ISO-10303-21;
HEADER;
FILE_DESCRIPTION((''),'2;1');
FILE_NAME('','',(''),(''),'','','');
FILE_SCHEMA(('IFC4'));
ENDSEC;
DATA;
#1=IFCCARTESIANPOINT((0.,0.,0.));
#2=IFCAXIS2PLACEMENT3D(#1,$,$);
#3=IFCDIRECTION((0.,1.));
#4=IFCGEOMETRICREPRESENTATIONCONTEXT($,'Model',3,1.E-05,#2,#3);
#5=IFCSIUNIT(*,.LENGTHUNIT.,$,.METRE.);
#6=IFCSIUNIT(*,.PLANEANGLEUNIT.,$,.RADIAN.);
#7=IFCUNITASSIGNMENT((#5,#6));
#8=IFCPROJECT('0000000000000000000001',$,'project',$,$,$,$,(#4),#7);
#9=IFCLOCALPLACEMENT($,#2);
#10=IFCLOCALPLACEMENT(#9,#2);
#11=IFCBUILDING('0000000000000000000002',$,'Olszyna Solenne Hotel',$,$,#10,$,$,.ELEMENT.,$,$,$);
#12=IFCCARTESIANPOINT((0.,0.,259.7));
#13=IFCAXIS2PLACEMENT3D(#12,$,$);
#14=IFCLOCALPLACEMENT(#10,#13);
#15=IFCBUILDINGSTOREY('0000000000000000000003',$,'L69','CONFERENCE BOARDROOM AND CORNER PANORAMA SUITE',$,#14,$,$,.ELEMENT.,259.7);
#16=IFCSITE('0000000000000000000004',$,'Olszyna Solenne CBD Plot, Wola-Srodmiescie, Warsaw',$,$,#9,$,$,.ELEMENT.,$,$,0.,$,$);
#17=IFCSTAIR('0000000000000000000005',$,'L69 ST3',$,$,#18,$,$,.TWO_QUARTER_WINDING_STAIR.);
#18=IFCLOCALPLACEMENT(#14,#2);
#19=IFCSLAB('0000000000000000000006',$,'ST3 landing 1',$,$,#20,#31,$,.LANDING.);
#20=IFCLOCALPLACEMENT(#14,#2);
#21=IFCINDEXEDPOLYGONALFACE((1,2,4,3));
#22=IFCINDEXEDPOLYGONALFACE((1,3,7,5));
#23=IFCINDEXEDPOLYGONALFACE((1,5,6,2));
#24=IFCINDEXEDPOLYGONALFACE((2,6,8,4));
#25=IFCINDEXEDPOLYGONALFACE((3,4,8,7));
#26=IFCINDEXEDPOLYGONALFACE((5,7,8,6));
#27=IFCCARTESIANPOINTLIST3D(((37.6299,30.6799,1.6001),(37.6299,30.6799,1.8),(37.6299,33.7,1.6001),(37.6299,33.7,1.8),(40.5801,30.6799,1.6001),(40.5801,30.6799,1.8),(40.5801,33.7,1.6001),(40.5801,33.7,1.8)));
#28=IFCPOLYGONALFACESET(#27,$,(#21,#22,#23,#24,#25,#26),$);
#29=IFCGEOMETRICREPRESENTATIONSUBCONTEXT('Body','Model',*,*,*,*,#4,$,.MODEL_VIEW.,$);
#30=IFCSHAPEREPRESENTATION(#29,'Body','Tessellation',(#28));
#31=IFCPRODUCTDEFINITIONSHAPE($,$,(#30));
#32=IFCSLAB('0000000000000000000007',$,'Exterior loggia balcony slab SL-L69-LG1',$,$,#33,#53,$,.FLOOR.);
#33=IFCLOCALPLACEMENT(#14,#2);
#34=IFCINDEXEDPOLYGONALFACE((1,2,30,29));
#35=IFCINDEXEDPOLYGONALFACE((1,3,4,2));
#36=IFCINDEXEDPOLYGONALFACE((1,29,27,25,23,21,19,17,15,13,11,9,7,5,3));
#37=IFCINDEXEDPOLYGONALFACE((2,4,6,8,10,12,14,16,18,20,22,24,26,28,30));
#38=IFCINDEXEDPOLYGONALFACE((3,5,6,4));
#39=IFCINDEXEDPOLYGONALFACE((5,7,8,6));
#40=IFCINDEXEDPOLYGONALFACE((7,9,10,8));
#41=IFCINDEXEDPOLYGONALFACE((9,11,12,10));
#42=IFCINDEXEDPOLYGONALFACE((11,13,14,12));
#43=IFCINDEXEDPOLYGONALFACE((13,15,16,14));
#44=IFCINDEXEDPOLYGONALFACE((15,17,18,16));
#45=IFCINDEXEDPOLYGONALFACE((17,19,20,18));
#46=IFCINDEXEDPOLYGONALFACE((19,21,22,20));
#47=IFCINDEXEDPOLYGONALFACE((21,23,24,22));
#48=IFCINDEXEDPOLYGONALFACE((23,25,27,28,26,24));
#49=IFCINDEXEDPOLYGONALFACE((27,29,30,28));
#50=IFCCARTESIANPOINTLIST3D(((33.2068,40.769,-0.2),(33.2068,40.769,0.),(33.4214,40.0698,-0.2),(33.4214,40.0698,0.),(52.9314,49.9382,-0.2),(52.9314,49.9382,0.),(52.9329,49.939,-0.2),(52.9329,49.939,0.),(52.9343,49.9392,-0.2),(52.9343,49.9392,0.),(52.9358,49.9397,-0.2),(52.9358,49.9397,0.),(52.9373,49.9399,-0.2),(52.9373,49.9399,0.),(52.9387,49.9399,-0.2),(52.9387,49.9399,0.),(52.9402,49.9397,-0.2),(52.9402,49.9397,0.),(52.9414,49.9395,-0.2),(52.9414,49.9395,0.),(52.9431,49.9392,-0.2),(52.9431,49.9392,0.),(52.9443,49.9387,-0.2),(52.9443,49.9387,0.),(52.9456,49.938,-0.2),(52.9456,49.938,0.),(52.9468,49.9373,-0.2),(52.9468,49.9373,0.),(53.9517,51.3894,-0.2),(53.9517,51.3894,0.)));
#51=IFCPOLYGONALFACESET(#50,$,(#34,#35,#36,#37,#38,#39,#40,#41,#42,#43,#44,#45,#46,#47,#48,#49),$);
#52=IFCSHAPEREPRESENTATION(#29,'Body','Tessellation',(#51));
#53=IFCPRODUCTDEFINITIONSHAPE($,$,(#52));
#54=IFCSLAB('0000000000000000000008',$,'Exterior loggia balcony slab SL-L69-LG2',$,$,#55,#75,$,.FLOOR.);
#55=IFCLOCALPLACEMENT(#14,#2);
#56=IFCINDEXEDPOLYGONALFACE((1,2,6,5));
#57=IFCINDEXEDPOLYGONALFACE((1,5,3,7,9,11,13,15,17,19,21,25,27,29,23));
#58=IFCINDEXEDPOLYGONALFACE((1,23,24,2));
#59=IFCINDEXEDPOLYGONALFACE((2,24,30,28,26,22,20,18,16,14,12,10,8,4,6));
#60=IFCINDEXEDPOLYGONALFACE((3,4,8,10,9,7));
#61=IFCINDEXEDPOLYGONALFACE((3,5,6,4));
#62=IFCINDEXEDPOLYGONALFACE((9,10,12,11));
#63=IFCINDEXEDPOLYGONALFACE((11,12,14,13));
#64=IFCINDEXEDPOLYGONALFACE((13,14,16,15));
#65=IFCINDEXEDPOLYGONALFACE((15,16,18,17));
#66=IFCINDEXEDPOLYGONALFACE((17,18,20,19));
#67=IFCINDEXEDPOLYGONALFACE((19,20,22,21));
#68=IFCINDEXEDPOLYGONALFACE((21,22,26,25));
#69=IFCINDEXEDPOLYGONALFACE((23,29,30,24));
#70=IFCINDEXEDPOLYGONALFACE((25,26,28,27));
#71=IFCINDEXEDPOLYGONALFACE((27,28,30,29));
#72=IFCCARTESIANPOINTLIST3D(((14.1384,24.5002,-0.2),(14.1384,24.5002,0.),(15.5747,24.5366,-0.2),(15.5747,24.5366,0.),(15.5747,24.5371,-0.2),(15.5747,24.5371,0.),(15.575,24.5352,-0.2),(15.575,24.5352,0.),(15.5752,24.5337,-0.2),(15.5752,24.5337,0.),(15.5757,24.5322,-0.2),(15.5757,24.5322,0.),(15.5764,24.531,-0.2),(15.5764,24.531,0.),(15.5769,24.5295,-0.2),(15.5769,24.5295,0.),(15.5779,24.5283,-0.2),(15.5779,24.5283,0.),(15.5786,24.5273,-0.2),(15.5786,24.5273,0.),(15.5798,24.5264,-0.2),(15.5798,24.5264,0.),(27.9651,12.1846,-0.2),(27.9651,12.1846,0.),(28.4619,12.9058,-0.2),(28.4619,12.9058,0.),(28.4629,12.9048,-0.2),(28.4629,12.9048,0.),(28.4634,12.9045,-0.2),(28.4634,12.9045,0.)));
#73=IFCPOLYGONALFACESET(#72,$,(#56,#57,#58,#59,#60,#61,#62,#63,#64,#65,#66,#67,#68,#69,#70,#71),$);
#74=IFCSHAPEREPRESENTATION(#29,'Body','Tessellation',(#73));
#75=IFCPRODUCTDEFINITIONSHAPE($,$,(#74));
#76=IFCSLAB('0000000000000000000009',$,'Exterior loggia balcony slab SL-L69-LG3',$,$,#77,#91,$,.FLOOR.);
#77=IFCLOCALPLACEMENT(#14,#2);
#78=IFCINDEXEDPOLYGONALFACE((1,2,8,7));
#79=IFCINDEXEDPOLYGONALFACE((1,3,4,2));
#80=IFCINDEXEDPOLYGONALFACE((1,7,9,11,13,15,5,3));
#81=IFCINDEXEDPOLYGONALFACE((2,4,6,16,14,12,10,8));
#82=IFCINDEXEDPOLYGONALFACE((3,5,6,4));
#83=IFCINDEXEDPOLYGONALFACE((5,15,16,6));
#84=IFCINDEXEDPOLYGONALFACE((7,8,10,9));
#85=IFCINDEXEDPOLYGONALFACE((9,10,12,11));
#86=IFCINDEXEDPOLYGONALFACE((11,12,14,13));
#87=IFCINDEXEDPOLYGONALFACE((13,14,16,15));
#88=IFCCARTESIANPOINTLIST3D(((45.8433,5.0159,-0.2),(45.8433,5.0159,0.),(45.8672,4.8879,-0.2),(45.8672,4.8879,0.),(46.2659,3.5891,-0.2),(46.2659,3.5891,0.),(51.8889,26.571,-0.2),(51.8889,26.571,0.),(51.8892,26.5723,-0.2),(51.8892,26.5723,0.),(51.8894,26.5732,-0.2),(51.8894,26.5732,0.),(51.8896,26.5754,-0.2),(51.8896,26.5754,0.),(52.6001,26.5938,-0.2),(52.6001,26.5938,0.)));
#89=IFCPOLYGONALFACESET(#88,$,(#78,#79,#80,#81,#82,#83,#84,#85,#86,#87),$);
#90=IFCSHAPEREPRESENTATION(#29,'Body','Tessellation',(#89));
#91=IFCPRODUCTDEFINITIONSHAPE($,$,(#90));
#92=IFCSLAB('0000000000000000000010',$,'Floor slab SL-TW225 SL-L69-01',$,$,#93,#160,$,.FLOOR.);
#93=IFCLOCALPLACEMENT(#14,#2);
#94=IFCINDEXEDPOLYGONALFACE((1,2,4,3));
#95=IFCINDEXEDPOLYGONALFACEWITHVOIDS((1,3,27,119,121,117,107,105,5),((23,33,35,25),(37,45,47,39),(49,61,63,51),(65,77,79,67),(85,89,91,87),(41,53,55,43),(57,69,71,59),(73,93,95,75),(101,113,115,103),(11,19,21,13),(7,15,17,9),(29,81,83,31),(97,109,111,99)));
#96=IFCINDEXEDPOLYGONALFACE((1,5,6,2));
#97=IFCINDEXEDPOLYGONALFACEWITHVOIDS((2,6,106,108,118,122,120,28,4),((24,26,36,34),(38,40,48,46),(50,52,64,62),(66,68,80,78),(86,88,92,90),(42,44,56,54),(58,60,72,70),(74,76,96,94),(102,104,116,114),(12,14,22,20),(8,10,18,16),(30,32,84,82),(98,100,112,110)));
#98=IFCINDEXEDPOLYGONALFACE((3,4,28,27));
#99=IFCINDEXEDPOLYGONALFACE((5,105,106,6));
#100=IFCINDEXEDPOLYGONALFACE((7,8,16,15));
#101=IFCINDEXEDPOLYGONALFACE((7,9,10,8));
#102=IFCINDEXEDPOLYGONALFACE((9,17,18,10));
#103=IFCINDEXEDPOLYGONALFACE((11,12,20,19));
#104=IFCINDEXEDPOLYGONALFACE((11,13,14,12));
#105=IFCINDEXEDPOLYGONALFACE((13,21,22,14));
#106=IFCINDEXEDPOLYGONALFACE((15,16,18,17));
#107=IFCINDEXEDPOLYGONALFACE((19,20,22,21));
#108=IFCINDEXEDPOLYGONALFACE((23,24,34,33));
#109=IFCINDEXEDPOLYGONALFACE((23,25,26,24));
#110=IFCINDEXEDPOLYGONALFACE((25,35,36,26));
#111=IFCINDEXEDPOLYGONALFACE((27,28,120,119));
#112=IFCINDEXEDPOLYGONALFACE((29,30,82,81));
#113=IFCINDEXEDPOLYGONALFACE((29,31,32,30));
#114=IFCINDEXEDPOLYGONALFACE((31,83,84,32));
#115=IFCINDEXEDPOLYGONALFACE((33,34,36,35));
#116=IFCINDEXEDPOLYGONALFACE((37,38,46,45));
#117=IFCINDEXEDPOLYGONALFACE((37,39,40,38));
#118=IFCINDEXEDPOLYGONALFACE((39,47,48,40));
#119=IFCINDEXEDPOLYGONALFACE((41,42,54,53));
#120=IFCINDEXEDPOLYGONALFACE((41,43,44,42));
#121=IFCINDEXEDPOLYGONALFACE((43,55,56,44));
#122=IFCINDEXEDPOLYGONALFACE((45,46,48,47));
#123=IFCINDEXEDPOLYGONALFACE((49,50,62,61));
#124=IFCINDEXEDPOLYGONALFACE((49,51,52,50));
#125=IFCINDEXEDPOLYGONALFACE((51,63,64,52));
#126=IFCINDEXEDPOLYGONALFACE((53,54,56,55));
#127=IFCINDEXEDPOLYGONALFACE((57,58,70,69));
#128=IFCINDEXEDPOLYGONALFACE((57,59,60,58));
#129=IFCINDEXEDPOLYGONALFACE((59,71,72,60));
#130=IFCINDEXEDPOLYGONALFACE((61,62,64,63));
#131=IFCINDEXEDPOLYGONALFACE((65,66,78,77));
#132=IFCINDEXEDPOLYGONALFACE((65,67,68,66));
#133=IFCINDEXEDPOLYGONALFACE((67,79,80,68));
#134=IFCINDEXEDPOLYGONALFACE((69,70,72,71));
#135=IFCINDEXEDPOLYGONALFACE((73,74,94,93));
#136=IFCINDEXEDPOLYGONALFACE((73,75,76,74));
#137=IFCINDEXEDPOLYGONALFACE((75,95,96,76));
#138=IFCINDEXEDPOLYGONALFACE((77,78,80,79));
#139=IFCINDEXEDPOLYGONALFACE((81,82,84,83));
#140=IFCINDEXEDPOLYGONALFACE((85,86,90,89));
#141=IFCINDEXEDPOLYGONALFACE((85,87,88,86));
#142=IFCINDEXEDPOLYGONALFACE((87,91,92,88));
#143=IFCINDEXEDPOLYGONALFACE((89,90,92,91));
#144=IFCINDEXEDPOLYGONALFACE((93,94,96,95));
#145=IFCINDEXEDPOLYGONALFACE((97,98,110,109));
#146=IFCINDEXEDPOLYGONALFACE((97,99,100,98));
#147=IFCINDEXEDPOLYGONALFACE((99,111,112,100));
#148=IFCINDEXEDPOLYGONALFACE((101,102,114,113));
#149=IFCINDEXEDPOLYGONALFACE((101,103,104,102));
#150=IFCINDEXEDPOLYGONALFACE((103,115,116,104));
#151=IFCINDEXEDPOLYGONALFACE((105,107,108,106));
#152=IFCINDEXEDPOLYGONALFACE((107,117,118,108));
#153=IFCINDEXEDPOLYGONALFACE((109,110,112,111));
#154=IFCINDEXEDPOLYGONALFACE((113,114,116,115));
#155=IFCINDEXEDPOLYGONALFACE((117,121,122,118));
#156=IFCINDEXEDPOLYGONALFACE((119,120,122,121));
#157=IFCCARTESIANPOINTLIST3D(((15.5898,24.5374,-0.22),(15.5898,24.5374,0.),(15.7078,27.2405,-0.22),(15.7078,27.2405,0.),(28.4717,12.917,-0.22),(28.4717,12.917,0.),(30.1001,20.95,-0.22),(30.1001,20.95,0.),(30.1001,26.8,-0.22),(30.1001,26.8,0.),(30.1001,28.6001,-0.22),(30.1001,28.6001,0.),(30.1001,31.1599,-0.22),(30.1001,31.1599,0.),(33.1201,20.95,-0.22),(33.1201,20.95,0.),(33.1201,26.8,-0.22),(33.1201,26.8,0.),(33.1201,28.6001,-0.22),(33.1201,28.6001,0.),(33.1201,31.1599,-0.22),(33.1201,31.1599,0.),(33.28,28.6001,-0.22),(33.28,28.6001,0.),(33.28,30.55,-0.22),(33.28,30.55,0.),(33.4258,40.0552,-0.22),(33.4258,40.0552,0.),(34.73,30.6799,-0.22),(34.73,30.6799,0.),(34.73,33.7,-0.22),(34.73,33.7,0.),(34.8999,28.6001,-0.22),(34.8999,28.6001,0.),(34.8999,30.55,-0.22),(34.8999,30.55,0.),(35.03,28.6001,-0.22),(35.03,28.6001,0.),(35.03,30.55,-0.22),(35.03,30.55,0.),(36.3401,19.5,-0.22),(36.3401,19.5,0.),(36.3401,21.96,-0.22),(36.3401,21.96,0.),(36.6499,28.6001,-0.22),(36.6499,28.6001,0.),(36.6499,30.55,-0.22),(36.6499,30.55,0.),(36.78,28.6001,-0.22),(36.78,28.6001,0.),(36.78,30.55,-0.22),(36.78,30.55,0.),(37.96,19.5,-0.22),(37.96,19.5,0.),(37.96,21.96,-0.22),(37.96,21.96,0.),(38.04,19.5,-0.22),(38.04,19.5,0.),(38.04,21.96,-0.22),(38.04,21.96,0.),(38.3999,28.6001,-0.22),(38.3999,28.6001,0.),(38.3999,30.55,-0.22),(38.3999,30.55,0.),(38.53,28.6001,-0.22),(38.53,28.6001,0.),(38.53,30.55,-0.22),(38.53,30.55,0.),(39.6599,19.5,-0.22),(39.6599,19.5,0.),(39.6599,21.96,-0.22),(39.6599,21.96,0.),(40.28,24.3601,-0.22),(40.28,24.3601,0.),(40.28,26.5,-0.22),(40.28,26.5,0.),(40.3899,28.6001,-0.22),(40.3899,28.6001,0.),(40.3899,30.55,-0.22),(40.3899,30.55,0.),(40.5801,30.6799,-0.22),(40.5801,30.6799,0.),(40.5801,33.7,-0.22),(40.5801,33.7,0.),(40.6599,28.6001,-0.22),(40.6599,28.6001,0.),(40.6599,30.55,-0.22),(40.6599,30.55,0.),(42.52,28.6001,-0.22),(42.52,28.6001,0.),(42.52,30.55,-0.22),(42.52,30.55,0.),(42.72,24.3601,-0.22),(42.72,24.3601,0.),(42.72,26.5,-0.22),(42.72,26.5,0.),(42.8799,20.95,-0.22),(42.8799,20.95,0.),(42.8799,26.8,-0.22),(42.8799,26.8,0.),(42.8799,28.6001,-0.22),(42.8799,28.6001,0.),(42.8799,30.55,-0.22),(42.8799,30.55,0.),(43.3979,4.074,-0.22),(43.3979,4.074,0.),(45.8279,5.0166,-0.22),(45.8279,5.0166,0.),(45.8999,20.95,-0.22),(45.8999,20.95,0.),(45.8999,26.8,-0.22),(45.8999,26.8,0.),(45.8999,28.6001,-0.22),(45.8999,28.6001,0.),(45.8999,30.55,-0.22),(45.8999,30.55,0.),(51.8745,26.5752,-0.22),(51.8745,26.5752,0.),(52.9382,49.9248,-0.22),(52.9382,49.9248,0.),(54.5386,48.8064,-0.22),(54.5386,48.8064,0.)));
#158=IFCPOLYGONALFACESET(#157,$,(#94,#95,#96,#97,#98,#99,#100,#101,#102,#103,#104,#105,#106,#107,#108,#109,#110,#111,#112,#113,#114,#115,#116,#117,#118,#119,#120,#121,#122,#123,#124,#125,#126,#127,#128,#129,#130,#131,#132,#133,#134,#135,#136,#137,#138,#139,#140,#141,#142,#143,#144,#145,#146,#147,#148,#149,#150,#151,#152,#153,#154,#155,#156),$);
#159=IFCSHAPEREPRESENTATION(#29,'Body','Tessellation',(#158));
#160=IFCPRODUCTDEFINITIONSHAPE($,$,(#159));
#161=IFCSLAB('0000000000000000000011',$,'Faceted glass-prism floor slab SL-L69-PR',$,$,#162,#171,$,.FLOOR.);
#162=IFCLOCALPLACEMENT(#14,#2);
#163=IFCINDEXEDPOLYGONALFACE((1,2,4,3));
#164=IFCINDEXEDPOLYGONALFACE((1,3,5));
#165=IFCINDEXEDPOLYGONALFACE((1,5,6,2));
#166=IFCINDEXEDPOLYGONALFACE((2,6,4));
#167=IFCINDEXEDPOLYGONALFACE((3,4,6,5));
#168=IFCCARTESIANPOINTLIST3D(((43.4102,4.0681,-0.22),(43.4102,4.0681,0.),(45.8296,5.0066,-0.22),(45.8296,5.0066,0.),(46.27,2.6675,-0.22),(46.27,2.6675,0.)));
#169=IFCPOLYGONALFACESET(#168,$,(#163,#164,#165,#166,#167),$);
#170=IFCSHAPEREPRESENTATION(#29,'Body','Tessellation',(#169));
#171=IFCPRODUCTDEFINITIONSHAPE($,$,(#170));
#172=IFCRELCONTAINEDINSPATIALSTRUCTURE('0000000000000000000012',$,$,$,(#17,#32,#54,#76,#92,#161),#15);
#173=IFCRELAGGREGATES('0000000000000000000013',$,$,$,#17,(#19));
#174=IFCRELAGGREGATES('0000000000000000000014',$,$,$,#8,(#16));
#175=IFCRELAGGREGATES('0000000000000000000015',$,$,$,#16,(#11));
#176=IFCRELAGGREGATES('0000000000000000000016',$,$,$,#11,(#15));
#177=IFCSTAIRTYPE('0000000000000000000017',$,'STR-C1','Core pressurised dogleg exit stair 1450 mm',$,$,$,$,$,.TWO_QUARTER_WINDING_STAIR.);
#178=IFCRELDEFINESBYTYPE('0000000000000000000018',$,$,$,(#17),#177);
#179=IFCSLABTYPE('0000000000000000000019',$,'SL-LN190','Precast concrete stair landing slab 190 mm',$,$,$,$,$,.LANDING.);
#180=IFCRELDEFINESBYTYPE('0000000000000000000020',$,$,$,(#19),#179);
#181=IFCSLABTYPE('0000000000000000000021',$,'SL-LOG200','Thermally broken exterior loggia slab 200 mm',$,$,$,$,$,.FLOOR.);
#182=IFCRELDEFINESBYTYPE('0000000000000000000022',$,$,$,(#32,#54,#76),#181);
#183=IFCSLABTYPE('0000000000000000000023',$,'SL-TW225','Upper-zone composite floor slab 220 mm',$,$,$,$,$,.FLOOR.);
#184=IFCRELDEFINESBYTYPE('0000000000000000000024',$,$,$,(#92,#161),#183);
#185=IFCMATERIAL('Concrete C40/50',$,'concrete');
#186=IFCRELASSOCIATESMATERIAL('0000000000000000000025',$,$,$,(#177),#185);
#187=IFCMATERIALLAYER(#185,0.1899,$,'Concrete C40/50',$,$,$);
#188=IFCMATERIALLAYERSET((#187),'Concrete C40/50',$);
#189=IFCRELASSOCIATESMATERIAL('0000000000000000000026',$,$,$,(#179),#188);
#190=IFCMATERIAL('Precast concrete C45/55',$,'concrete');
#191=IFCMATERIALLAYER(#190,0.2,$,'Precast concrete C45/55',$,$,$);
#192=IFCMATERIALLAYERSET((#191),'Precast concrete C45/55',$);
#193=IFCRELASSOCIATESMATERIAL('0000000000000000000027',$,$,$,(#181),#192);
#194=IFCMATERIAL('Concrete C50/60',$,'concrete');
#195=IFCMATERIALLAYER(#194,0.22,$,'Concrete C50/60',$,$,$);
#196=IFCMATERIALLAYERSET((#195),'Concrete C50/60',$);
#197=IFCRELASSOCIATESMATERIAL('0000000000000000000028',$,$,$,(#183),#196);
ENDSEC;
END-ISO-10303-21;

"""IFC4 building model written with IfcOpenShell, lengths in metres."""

from ifc_helpers import new_model, si_unit, direction, frame, origin, place, context, subcontext, project, spatial, polyline, outline, extrude, material, layer, layer_set, type_object, element, aggregate, save


model = new_model("IFC4")

# Units and contexts
model_context = context("Model", 3, precision=1e-05, world=origin(), true_north=direction((0.0, 1.0)))
body_context = subcontext(model_context, "Body", "Model", "MODEL_VIEW")
ifc_project = project(units=[si_unit("LENGTHUNIT", "METRE"), si_unit("PLANEANGLEUNIT", "RADIAN")], contexts=[model_context])

# Site, building, storey
site_placement = place(None, origin())
site = spatial("IfcSite", under=ifc_project, at=site_placement, Name="Olszyna Solenne CBD Plot, Wola-Srodmiescie, Warsaw", CompositionType="ELEMENT", RefElevation=0.0)
building_placement = place(site_placement, origin())
building = spatial("IfcBuilding", under=site, at=building_placement, Name="Olszyna Solenne Hotel", CompositionType="ELEMENT")
storey_placement = place(building_placement, frame((0.0, 0.0, 259.7)))
storey = spatial("IfcBuildingStorey", under=building, at=storey_placement, Name="L69", Description="CONFERENCE BOARDROOM AND CORNER PANORAMA SUITE", CompositionType="ELEMENT", Elevation=259.7)

# Stair, slab
ifc_material_1 = material(Name="Concrete C40/50", Category="concrete")
stair_type = type_object("IfcStairType", Name="STR-C1", Description="Core pressurised dogleg exit stair 1450 mm", PredefinedType="TWO_QUARTER_WINDING_STAIR", material=ifc_material_1)
ifc_layer_1 = layer(ifc_material_1, 0.1899, Name="Concrete C40/50")
ifc_layer_set_1 = layer_set([ifc_layer_1], Name="Concrete C40/50")
slab_type_1 = type_object("IfcSlabType", Name="SL-LN190", Description="Precast concrete stair landing slab 190 mm", PredefinedType="LANDING", material=ifc_layer_set_1)
stair_1_placement = place(storey_placement, origin())
stair_1 = element("IfcStair", 1, at=stair_1_placement, inside=storey, type_object=stair_type, Name="L69 ST3", PredefinedType="TWO_QUARTER_WINDING_STAIR")
slab_1_placement = place(storey_placement, frame((0.0, 0.0, 1.6001)))
slab_1 = element("IfcSlab", 2, at=slab_1_placement, type_object=slab_type_1, Name="ST3 landing 1", PredefinedType="LANDING", context=body_context, shape_type="SweptSolid", body=[
    extrude(outline(polyline([(37.6299, 30.6799), (40.5801, 30.6799), (40.5801, 33.7), (37.6299, 33.7), (37.6299, 30.6799)])), origin(), (0.0, 0.0, 1.0), 0.2),
])
aggregate(stair_1, [slab_1])

# Slabs
ifc_material_2 = material(Name="Precast concrete C45/55", Category="concrete")
ifc_layer_2 = layer(ifc_material_2, 0.2, Name="Precast concrete C45/55")
ifc_layer_set_2 = layer_set([ifc_layer_2], Name="Precast concrete C45/55")
slab_type_2 = type_object("IfcSlabType", Name="SL-LOG200", Description="Thermally broken exterior loggia slab 200 mm", PredefinedType="FLOOR", material=ifc_layer_set_2)
slab_2_placement = place(storey_placement, frame((0.0, 0.0, -0.2)))
element("IfcSlab", 3, at=slab_2_placement, inside=storey, type_object=slab_type_2, Name="Exterior loggia balcony slab SL-L69-LG1", PredefinedType="FLOOR", context=body_context, shape_type="SweptSolid", body=[
    extrude(outline(polyline([(33.4214, 40.0698), (52.9314, 49.9382), (52.9329, 49.939), (52.9343, 49.9392), (52.9358, 49.9397), (52.9373, 49.9399), (52.9387, 49.9399), (52.9402, 49.9397), (52.9414, 49.9395), (52.9431, 49.9392), (52.9443, 49.9387), (52.9456, 49.938), (52.9468, 49.9373), (53.9517, 51.3894), (33.2068, 40.769), (33.4214, 40.0698)])), origin(), (0.0, 0.0, 1.0), 0.2),
])
slab_3_placement = place(storey_placement, frame((0.0, 0.0, -0.2)))
element("IfcSlab", 4, at=slab_3_placement, inside=storey, type_object=slab_type_2, Name="Exterior loggia balcony slab SL-L69-LG2", PredefinedType="FLOOR", context=body_context, shape_type="SweptSolid", body=[
    extrude(outline(polyline([(28.4634, 12.9045), (28.4629, 12.9048), (28.4619, 12.9058), (15.5798, 24.5264), (15.5786, 24.5273), (15.5779, 24.5283), (15.5769, 24.5295), (15.5764, 24.531), (15.5757, 24.5322), (15.5752, 24.5337), (15.575, 24.5352), (15.5747, 24.5366), (15.5747, 24.5371), (14.1384, 24.5002), (27.9651, 12.1846), (28.4634, 12.9045)])), origin(), (0.0, 0.0, 1.0), 0.2),
])
slab_4_placement = place(storey_placement, frame((0.0, 0.0, -0.2)))
element("IfcSlab", 5, at=slab_4_placement, inside=storey, type_object=slab_type_2, Name="Exterior loggia balcony slab SL-L69-LG3", PredefinedType="FLOOR", context=body_context, shape_type="SweptSolid", body=[
    extrude(outline(polyline([(51.8896, 26.5754), (51.8894, 26.5732), (51.8892, 26.5723), (51.8889, 26.571), (45.8433, 5.0159), (45.8672, 4.8879), (46.2659, 3.5891), (52.6001, 26.5938), (51.8896, 26.5754)])), origin(), (0.0, 0.0, 1.0), 0.2),
])
ifc_material_3 = material(Name="Concrete C50/60", Category="concrete")
ifc_layer_3 = layer(ifc_material_3, 0.22, Name="Concrete C50/60")
ifc_layer_set_3 = layer_set([ifc_layer_3], Name="Concrete C50/60")
slab_type_3 = type_object("IfcSlabType", Name="SL-TW225", Description="Upper-zone composite floor slab 220 mm", PredefinedType="FLOOR", material=ifc_layer_set_3)
slab_5_placement = place(storey_placement, frame((0.0, 0.0, -0.22)))
element("IfcSlab", 6, at=slab_5_placement, inside=storey, type_object=slab_type_3, Name="Floor slab SL-TW225 SL-L69-01", PredefinedType="FLOOR", context=body_context, shape_type="SweptSolid", body=[
    extrude(outline(polyline([(54.5386, 48.8064), (52.9382, 49.9248), (33.4258, 40.0552), (15.7078, 27.2405), (15.5898, 24.5374), (28.4717, 12.917), (43.3979, 4.074), (45.8279, 5.0166), (51.8745, 26.5752), (54.5386, 48.8064)]), holes=[polyline([(30.1001, 20.95), (33.1201, 20.95), (33.1201, 26.8), (30.1001, 26.8), (30.1001, 20.95)]), polyline([(42.8799, 20.95), (45.8999, 20.95), (45.8999, 26.8), (42.8799, 26.8), (42.8799, 20.95)]), polyline([(34.73, 30.6799), (40.5801, 30.6799), (40.5801, 33.7), (34.73, 33.7), (34.73, 30.6799)]), polyline([(36.3401, 19.5), (37.96, 19.5), (37.96, 21.96), (36.3401, 21.96), (36.3401, 19.5)]), polyline([(38.04, 19.5), (39.6599, 19.5), (39.6599, 21.96), (38.04, 21.96), (38.04, 19.5)]), polyline([(30.1001, 28.6001), (33.1201, 28.6001), (33.1201, 31.1599), (30.1001, 31.1599), (30.1001, 28.6001)]), polyline([(40.28, 24.3601), (42.72, 24.3601), (42.72, 26.5), (40.28, 26.5), (40.28, 24.3601)]), polyline([(33.28, 28.6001), (34.8999, 28.6001), (34.8999, 30.55), (33.28, 30.55), (33.28, 28.6001)]), polyline([(35.03, 28.6001), (36.6499, 28.6001), (36.6499, 30.55), (35.03, 30.55), (35.03, 28.6001)]), polyline([(36.78, 28.6001), (38.3999, 28.6001), (38.3999, 30.55), (36.78, 30.55), (36.78, 28.6001)]), polyline([(38.53, 28.6001), (40.3899, 28.6001), (40.3899, 30.55), (38.53, 30.55), (38.53, 28.6001)]), polyline([(40.6599, 28.6001), (42.52, 28.6001), (42.52, 30.55), (40.6599, 30.55), (40.6599, 28.6001)]), polyline([(42.8799, 28.6001), (45.8999, 28.6001), (45.8999, 30.55), (42.8799, 30.55), (42.8799, 28.6001)])]), origin(), (0.0, 0.0, 1.0), 0.22),
])
slab_6_placement = place(storey_placement, frame((0.0, 0.0, -0.22)))
element("IfcSlab", 7, at=slab_6_placement, inside=storey, type_object=slab_type_3, Name="Faceted glass-prism floor slab SL-L69-PR", PredefinedType="FLOOR", context=body_context, shape_type="SweptSolid", body=[
    extrude(outline(polyline([(45.8296, 5.0066), (43.4102, 4.0681), (46.27, 2.6675), (45.8296, 5.0066)])), origin(), (0.0, 0.0, 1.0), 0.22),
])

save(model, "model.ifc")
